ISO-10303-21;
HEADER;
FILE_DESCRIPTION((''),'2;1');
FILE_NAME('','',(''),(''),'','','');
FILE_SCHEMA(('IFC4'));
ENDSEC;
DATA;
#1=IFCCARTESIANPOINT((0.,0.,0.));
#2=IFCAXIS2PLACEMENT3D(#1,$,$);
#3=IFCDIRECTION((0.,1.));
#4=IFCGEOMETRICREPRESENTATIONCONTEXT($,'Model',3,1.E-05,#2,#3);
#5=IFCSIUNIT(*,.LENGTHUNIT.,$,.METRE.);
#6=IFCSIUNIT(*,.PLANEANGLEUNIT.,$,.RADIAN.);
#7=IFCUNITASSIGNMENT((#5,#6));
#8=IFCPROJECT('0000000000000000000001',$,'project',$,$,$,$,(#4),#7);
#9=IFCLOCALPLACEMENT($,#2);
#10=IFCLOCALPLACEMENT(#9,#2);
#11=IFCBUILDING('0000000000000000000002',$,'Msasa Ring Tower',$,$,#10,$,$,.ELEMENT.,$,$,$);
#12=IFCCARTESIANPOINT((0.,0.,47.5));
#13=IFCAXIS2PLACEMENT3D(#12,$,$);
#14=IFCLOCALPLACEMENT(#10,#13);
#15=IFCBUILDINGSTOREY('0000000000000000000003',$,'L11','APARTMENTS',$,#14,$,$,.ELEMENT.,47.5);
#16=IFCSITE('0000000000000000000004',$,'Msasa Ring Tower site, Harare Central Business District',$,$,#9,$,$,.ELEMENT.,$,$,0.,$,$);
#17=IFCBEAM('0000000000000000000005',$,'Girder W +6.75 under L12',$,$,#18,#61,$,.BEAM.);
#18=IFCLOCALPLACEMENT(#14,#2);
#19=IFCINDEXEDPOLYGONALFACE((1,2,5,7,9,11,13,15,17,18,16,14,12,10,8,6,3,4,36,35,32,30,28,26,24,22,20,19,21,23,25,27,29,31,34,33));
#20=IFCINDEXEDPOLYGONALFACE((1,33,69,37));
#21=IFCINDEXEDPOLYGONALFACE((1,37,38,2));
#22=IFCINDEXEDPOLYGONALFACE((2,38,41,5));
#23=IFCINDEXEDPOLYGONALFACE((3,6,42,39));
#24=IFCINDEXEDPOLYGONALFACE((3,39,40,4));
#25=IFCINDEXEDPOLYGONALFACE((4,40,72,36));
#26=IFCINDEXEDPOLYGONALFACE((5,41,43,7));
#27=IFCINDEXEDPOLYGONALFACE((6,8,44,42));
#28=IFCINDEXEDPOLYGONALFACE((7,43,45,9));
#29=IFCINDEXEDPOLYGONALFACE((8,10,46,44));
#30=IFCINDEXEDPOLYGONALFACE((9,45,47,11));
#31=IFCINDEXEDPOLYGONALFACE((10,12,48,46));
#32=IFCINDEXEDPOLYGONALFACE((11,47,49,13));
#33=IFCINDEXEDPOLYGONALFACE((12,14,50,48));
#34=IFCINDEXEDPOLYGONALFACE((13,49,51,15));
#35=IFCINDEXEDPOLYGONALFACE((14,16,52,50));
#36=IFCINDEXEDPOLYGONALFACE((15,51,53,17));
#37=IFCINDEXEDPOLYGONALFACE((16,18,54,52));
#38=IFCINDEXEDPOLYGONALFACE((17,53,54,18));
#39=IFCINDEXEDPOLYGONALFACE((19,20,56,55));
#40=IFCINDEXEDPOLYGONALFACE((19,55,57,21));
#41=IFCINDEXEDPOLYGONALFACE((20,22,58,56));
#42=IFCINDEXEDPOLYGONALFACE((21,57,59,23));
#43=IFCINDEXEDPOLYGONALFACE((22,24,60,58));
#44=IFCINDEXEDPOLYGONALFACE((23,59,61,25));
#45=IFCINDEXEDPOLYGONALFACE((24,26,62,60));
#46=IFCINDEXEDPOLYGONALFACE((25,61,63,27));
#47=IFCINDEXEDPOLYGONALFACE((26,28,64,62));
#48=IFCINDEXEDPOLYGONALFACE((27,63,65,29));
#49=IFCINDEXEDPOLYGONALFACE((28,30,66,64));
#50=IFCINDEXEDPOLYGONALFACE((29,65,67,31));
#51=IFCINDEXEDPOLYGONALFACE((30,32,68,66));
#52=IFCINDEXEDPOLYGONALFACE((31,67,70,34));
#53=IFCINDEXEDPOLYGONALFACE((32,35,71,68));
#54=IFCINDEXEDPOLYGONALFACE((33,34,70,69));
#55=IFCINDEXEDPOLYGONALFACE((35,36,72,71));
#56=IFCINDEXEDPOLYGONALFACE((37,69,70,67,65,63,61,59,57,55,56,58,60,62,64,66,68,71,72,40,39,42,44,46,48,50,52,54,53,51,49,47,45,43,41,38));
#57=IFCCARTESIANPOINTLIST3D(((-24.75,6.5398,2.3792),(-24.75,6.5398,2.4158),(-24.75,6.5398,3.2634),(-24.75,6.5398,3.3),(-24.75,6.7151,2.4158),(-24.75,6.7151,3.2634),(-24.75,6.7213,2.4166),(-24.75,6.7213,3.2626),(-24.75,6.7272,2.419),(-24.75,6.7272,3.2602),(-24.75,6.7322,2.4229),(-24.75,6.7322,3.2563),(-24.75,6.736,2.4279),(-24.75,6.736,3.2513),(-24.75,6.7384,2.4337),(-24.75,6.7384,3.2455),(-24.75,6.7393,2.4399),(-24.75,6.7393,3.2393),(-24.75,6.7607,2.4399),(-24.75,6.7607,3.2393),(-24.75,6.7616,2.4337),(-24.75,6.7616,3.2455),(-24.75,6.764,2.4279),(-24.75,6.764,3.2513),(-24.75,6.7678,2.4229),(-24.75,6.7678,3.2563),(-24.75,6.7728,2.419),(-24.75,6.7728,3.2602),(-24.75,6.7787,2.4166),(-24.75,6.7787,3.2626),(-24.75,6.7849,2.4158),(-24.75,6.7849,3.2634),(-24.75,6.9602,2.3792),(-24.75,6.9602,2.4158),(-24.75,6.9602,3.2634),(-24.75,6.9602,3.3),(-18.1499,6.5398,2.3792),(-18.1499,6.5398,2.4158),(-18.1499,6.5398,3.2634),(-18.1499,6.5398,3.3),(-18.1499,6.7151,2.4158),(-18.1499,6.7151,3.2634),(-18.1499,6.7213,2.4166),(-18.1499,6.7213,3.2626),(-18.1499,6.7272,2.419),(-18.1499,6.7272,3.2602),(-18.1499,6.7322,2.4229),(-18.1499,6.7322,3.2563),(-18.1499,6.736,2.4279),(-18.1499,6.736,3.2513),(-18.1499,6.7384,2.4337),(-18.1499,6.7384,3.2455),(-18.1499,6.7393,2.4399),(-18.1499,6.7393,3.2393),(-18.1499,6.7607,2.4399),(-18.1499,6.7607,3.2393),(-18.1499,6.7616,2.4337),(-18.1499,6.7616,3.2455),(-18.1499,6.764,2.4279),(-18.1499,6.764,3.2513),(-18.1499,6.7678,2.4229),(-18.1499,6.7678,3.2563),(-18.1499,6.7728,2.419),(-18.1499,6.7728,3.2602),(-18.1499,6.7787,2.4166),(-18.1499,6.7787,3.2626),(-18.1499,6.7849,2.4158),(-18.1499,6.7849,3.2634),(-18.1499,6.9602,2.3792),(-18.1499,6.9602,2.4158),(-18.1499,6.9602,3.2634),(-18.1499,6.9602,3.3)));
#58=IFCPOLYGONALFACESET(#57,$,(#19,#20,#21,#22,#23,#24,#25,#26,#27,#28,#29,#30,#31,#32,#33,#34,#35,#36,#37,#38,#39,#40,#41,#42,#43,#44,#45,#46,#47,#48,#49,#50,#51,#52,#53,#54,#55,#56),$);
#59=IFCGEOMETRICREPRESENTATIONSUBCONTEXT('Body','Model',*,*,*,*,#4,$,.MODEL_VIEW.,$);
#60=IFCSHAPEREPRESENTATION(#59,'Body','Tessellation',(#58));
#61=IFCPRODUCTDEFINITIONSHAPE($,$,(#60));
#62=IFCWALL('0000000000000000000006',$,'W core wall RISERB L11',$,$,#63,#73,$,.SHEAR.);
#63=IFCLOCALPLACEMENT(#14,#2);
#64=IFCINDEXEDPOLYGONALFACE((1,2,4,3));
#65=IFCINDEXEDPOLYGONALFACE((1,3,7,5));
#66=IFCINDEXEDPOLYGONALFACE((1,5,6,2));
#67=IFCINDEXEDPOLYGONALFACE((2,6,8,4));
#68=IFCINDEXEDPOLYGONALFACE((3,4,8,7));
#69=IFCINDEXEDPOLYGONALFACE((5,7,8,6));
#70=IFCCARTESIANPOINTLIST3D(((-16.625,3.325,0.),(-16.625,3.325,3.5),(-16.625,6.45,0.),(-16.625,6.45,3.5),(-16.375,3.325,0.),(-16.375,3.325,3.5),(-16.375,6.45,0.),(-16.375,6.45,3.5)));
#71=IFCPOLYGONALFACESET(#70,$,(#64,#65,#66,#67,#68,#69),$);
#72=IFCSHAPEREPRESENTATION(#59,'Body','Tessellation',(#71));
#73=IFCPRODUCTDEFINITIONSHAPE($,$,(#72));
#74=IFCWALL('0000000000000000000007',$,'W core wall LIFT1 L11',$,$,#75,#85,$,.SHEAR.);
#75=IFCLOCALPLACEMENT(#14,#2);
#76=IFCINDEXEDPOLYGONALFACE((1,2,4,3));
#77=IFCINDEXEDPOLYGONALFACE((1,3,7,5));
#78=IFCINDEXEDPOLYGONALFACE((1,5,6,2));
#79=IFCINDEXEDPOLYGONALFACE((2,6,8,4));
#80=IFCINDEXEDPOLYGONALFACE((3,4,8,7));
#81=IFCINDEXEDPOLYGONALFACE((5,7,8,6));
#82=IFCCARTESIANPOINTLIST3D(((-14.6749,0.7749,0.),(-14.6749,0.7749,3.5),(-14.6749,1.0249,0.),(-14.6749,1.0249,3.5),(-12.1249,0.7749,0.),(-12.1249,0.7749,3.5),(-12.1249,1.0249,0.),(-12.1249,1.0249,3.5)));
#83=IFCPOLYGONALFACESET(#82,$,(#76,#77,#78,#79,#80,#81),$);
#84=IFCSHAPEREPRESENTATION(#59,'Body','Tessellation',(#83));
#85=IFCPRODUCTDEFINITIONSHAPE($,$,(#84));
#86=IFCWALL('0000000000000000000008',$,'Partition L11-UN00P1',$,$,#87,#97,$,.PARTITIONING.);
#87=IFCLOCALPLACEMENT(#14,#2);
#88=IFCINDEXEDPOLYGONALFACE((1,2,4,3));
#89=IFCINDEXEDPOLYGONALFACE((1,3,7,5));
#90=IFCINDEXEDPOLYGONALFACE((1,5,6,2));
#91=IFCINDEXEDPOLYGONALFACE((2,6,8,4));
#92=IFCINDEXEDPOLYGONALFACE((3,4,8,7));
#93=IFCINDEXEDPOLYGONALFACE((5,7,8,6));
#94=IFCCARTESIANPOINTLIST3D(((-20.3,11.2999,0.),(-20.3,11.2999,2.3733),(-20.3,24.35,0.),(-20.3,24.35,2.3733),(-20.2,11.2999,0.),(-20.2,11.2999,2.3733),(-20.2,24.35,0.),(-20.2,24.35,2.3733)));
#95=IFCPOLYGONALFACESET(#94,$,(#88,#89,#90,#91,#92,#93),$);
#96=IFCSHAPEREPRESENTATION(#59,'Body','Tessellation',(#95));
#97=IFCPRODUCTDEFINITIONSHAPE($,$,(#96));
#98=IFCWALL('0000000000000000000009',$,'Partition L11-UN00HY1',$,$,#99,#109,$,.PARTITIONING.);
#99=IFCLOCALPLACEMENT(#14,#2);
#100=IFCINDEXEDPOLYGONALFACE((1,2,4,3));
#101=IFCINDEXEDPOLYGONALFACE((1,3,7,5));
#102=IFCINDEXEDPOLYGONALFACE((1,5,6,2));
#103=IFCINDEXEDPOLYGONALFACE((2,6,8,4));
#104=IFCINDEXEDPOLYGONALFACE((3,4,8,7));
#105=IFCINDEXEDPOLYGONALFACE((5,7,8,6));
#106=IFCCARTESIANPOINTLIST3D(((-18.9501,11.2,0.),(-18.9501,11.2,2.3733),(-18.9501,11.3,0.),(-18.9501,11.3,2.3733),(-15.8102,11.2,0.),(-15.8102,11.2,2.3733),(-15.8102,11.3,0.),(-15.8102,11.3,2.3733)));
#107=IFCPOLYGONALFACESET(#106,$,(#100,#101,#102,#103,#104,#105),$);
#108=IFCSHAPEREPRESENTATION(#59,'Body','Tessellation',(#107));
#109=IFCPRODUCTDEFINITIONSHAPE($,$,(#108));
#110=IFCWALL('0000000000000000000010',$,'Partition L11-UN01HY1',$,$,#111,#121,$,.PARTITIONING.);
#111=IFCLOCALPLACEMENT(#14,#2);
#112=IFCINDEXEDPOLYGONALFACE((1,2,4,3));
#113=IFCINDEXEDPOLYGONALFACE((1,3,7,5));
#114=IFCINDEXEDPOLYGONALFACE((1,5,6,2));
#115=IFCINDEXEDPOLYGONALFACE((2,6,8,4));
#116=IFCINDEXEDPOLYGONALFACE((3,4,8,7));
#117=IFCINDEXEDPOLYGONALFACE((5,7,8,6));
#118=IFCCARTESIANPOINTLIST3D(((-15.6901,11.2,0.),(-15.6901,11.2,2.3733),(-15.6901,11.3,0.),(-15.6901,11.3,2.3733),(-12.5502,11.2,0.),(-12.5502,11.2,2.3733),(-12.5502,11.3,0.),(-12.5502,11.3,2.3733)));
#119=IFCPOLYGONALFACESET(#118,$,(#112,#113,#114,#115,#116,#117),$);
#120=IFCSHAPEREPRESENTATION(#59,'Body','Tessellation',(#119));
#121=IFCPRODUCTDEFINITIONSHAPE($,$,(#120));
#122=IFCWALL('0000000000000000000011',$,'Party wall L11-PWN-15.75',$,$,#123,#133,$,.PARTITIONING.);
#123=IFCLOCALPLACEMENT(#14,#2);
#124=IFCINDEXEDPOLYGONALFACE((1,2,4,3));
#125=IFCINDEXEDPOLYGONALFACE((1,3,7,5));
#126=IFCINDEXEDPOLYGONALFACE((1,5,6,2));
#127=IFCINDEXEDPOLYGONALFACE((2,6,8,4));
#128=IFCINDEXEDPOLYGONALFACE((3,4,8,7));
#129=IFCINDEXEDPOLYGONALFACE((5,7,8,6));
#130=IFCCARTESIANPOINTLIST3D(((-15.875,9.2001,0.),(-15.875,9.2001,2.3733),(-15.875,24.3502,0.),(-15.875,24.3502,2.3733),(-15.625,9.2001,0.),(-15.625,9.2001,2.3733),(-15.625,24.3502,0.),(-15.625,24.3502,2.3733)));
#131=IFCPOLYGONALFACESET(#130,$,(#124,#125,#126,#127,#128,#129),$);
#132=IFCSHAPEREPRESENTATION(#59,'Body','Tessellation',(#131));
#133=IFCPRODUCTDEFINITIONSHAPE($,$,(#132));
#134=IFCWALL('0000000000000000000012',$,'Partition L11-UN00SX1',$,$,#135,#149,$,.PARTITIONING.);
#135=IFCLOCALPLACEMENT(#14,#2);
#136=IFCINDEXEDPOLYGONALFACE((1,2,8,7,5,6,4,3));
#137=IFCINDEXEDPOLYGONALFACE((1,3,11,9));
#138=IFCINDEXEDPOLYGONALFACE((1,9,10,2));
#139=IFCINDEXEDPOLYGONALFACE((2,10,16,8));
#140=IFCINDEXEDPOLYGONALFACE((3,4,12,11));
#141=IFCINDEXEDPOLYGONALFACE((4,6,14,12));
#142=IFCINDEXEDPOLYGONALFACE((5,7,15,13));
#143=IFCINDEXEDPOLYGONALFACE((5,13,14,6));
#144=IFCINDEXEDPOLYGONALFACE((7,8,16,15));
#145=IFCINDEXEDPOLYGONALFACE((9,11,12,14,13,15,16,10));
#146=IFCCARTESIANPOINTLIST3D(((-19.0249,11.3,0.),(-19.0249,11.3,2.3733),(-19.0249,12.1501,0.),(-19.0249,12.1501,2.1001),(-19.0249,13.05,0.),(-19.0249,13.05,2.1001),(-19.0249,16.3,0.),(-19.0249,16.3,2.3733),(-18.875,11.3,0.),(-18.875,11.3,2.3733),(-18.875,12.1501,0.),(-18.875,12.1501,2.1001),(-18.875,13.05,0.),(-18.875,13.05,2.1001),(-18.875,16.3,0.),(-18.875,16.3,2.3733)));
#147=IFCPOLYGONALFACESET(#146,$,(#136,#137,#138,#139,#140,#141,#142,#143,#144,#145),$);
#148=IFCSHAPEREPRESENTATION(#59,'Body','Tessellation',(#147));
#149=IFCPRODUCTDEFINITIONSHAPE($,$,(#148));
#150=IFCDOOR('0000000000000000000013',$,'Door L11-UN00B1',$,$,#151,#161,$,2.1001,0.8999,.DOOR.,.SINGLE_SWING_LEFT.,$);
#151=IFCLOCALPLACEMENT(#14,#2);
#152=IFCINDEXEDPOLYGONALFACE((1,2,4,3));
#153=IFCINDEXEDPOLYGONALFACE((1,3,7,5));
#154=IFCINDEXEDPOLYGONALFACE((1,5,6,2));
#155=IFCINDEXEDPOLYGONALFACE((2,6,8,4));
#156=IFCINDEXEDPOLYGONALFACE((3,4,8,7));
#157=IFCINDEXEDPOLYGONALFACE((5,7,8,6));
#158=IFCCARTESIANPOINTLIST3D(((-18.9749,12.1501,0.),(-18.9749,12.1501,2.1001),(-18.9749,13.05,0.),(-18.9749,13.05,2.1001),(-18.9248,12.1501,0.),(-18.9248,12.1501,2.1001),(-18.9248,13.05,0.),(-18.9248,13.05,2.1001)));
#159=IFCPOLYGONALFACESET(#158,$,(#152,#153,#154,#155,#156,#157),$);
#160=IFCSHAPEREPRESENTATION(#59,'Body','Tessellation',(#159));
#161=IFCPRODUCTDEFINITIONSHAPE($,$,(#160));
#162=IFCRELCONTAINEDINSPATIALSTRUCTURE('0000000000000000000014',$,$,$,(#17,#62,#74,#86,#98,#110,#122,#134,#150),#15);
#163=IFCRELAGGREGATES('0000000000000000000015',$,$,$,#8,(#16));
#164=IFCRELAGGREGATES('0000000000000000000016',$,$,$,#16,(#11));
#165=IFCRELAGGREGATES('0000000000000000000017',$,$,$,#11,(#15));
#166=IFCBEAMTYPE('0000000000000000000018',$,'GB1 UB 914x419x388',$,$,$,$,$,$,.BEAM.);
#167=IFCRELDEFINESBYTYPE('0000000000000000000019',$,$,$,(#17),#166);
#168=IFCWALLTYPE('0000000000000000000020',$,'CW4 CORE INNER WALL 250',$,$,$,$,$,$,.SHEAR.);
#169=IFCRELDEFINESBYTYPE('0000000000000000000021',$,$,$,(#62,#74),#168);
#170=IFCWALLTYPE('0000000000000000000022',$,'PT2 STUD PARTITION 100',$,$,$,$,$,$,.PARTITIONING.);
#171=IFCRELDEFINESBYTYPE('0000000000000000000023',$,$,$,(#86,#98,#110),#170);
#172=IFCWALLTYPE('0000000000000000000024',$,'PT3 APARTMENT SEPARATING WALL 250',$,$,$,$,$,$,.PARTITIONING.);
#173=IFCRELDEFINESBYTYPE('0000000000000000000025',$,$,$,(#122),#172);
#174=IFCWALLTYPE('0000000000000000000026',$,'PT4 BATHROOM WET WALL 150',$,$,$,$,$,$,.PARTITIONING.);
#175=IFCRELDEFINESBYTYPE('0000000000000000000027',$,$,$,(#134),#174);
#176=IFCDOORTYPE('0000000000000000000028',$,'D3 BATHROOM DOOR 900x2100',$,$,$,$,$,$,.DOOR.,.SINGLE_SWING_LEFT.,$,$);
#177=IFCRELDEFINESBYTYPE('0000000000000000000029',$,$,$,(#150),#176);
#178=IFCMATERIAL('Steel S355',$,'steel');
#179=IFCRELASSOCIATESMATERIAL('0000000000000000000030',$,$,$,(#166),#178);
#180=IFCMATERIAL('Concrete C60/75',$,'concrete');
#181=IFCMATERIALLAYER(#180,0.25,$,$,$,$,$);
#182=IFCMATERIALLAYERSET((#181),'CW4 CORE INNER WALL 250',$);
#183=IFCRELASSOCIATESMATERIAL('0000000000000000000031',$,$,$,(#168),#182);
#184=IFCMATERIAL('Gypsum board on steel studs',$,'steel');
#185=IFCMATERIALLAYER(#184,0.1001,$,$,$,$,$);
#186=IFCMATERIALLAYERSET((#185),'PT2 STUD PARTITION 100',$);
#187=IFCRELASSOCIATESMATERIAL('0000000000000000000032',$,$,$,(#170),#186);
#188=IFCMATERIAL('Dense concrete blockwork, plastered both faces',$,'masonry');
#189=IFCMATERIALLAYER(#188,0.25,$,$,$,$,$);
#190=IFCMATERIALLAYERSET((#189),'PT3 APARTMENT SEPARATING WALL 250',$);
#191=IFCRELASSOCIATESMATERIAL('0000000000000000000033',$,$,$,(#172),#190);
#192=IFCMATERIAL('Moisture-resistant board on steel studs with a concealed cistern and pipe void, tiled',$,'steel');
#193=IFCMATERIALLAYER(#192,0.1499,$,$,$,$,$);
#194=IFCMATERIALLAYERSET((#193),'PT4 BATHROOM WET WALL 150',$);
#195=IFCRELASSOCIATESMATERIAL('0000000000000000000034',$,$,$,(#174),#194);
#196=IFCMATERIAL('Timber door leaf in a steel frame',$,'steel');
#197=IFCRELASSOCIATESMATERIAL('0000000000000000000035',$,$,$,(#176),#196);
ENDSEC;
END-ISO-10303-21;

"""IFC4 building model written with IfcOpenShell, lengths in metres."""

from ifc_helpers import new_model, si_unit, direction, frame, frame_2d, origin, origin_2d, place, context, subcontext, project, spatial, rectangle, i_section, extrude, material, layer, layer_set, material_profile, profile_set, type_object, element, fill, save


model = new_model("IFC4")

# Units and contexts
model_context = context("Model", 3, precision=1e-05, world=origin(), true_north=direction((0.0, 1.0)))
body_context = subcontext(model_context, "Body", "Model", "MODEL_VIEW")
ifc_project = project(units=[si_unit("LENGTHUNIT", "METRE"), si_unit("PLANEANGLEUNIT", "RADIAN")], contexts=[model_context])

# Site, building, storey
site_placement = place(None, origin())
site = spatial("IfcSite", under=ifc_project, at=site_placement, Name="Msasa Ring Tower site, Harare Central Business District", CompositionType="ELEMENT", RefElevation=0.0)
building_placement = place(site_placement, origin())
building = spatial("IfcBuilding", under=site, at=building_placement, Name="Msasa Ring Tower", CompositionType="ELEMENT")
storey_placement = place(building_placement, frame((0.0, 0.0, 47.5)))
storey = spatial("IfcBuildingStorey", under=building, at=storey_placement, Name="L11", Description="APARTMENTS", CompositionType="ELEMENT", Elevation=47.5)

# Beam
ifc_material_1 = material(Name="Steel S355", Category="steel")
ifc_material_profile = material_profile(ifc_material_1, i_section(OverallWidth=0.4204, OverallDepth=0.9209, WebThickness=0.0215, FlangeThickness=0.0366, FilletRadius=0.0242, at=origin_2d()), Name="UB 914x419x388")
ifc_profile_set = profile_set([ifc_material_profile], Name="Steel S355")
beam_type = type_object("IfcBeamType", Name="GB1 UB 914x419x388", PredefinedType="BEAM", material=ifc_profile_set)
beam_placement = place(storey_placement, frame((-18.1499, 6.75, 2.8396), z_axis=(-1.0, 0.0, 0.0), x_axis=(0.0, -1.0, 0.0)))
element("IfcBeam", 1, at=beam_placement, inside=storey, type_object=beam_type, Name="Girder W +6.75 under L12", PredefinedType="BEAM", context=body_context, shape_type="SweptSolid", body=[
    extrude(i_section(OverallWidth=0.4204, OverallDepth=0.9209, WebThickness=0.0215, FlangeThickness=0.0366, FilletRadius=0.0242, at=origin_2d()), origin(), (0.0, 0.0, 1.0), 6.6001),
])

# Walls
ifc_material_2 = material(Name="Concrete C60/75", Category="concrete")
ifc_layer_1 = layer(ifc_material_2, 0.25)
ifc_layer_set_1 = layer_set([ifc_layer_1], Name="CW4 CORE INNER WALL 250")
wall_type_1 = type_object("IfcWallType", Name="CW4 CORE INNER WALL 250", PredefinedType="SHEAR", material=ifc_layer_set_1)
wall_1_placement = place(storey_placement, frame((-16.5, 3.325, 0.0), z_axis=(0.0, 0.0, 1.0), x_axis=(0.0, 1.0, 0.0)))
element("IfcWall", 2, at=wall_1_placement, inside=storey, type_object=wall_type_1, Name="W core wall RISERB L11", PredefinedType="SHEAR", context=body_context, shape_type="SweptSolid", body=[
    extrude(rectangle(XDim=3.125, YDim=0.25, at=frame_2d((1.5625, 0.0))), origin(), (0.0, 0.0, 1.0), 3.5),
])
wall_2_placement = place(storey_placement, frame((-12.125, 0.8999, 0.0), z_axis=(0.0, 0.0, 1.0), x_axis=(-1.0, 0.0, 0.0)))
element("IfcWall", 3, at=wall_2_placement, inside=storey, type_object=wall_type_1, Name="W core wall LIFT1 L11", PredefinedType="SHEAR", context=body_context, shape_type="SweptSolid", body=[
    extrude(rectangle(XDim=2.55, YDim=0.25, at=frame_2d((1.2749, 0.0))), origin(), (0.0, 0.0, 1.0), 3.5),
])
ifc_material_3 = material(Name="Gypsum board on steel studs", Category="steel")
ifc_layer_2 = layer(ifc_material_3, 0.1001)
ifc_layer_set_2 = layer_set([ifc_layer_2], Name="PT2 STUD PARTITION 100")
wall_type_2 = type_object("IfcWallType", Name="PT2 STUD PARTITION 100", PredefinedType="PARTITIONING", material=ifc_layer_set_2)
wall_3_placement = place(storey_placement, frame((-20.25, 11.3, 0.0), z_axis=(0.0, 0.0, 1.0), x_axis=(0.0, 1.0, 0.0)))
element("IfcWall", 4, at=wall_3_placement, inside=storey, type_object=wall_type_2, Name="Partition L11-UN00P1", PredefinedType="PARTITIONING", context=body_context, shape_type="SweptSolid", body=[
    extrude(rectangle(XDim=13.05, YDim=0.1001, at=frame_2d((6.5249, 0.0))), origin(), (0.0, 0.0, 1.0), 2.3733),
])
for number, where, z_axis, x_axis, name in (
    (5, (-18.95, 11.25, 0.0), (0.0, 0.0, 1.0), (1.0, 0.0, 0.0), "Partition L11-UN00HY1"),
    (6, (-15.6899, 11.25, 0.0), (0.0, 0.0, 1.0), (1.0, 0.0, 0.0), "Partition L11-UN01HY1"),
):
    element("IfcWall", number, at=place(storey_placement, frame(where, z_axis=z_axis, x_axis=x_axis)), inside=storey, type_object=wall_type_2, Name=name, PredefinedType="PARTITIONING", context=body_context, shape_type="SweptSolid", body=[
        extrude(rectangle(XDim=3.1399, YDim=0.1001, at=frame_2d((1.5698, 0.0))), origin(), (0.0, 0.0, 1.0), 2.3733),
    ])
ifc_material_4 = material(Name="Dense concrete blockwork, plastered both faces", Category="masonry")
ifc_layer_3 = layer(ifc_material_4, 0.25)
ifc_layer_set_3 = layer_set([ifc_layer_3], Name="PT3 APARTMENT SEPARATING WALL 250")
wall_type_3 = type_object("IfcWallType", Name="PT3 APARTMENT SEPARATING WALL 250", PredefinedType="PARTITIONING", material=ifc_layer_set_3)
wall_4_placement = place(storey_placement, frame((-15.75, 9.2, 0.0), z_axis=(0.0, 0.0, 1.0), x_axis=(0.0, 1.0, 0.0)))
element("IfcWall", 7, at=wall_4_placement, inside=storey, type_object=wall_type_3, Name="Party wall L11-PWN-15.75", PredefinedType="PARTITIONING", context=body_context, shape_type="SweptSolid", body=[
    extrude(rectangle(XDim=15.1501, YDim=0.25, at=frame_2d((7.5752, 0.0))), origin(), (0.0, 0.0, 1.0), 2.3733),
])

# Wall, opening, door
ifc_material_5 = material(Name="Moisture-resistant board on steel studs with a concealed cistern and pipe void, tiled", Category="steel")
ifc_layer_4 = layer(ifc_material_5, 0.1499)
ifc_layer_set_4 = layer_set([ifc_layer_4], Name="PT4 BATHROOM WET WALL 150")
wall_type_4 = type_object("IfcWallType", Name="PT4 BATHROOM WET WALL 150", PredefinedType="PARTITIONING", material=ifc_layer_set_4)
wall_5_placement = place(storey_placement, frame((-18.95, 11.3, 0.0), z_axis=(0.0, 0.0, 1.0), x_axis=(0.0, 1.0, 0.0)))
wall_5 = element("IfcWall", 8, at=wall_5_placement, inside=storey, type_object=wall_type_4, Name="Partition L11-UN00SX1", PredefinedType="PARTITIONING", context=body_context, shape_type="SweptSolid", body=[
    extrude(rectangle(XDim=5.0, YDim=0.1499, at=frame_2d((2.5, 0.0))), origin(), (0.0, 0.0, 1.0), 2.3733),
])
opening_1_placement = place(wall_5_placement, frame((0.8501, 0.0, 0.0)))
opening_1 = element("IfcOpeningElement", 9, at=opening_1_placement, cuts=wall_5, PredefinedType="OPENING", context=body_context, shape_type="SweptSolid", body=[
    extrude(rectangle(XDim=0.8999, YDim=2.1001, at=frame_2d((0.45, 1.05))), frame((0.0, 0.085, 0.0), z_axis=(0.0, -1.0, 0.0), x_axis=(1.0, 0.0, 0.0)), (0.0, 0.0, 1.0), 0.1699),
])
ifc_material_6 = material(Name="Timber door leaf in a steel frame", Category="steel")
door_type = type_object("IfcDoorType", Name="D3 BATHROOM DOOR 900x2100", OperationType="SINGLE_SWING_LEFT", PredefinedType="DOOR", material=ifc_material_6)
door_1_placement = place(opening_1_placement, origin())
door_1 = element("IfcDoor", 10, at=door_1_placement, inside=storey, type_object=door_type, Name="Door L11-UN00B1", OperationType="SINGLE_SWING_LEFT", OverallHeight=2.1001, OverallWidth=0.8999, PredefinedType="DOOR", context=body_context, shape_type="SweptSolid", body=[
    extrude(rectangle(XDim=0.8999, YDim=2.1001, at=frame_2d((0.45, 1.05))), frame((0.0, 0.0249, 0.0), z_axis=(0.0, -1.0, 0.0), x_axis=(1.0, 0.0, 0.0)), (0.0, 0.0, 1.0), 0.05),
])
fill(opening_1, door_1)

save(model, "model.ifc")
